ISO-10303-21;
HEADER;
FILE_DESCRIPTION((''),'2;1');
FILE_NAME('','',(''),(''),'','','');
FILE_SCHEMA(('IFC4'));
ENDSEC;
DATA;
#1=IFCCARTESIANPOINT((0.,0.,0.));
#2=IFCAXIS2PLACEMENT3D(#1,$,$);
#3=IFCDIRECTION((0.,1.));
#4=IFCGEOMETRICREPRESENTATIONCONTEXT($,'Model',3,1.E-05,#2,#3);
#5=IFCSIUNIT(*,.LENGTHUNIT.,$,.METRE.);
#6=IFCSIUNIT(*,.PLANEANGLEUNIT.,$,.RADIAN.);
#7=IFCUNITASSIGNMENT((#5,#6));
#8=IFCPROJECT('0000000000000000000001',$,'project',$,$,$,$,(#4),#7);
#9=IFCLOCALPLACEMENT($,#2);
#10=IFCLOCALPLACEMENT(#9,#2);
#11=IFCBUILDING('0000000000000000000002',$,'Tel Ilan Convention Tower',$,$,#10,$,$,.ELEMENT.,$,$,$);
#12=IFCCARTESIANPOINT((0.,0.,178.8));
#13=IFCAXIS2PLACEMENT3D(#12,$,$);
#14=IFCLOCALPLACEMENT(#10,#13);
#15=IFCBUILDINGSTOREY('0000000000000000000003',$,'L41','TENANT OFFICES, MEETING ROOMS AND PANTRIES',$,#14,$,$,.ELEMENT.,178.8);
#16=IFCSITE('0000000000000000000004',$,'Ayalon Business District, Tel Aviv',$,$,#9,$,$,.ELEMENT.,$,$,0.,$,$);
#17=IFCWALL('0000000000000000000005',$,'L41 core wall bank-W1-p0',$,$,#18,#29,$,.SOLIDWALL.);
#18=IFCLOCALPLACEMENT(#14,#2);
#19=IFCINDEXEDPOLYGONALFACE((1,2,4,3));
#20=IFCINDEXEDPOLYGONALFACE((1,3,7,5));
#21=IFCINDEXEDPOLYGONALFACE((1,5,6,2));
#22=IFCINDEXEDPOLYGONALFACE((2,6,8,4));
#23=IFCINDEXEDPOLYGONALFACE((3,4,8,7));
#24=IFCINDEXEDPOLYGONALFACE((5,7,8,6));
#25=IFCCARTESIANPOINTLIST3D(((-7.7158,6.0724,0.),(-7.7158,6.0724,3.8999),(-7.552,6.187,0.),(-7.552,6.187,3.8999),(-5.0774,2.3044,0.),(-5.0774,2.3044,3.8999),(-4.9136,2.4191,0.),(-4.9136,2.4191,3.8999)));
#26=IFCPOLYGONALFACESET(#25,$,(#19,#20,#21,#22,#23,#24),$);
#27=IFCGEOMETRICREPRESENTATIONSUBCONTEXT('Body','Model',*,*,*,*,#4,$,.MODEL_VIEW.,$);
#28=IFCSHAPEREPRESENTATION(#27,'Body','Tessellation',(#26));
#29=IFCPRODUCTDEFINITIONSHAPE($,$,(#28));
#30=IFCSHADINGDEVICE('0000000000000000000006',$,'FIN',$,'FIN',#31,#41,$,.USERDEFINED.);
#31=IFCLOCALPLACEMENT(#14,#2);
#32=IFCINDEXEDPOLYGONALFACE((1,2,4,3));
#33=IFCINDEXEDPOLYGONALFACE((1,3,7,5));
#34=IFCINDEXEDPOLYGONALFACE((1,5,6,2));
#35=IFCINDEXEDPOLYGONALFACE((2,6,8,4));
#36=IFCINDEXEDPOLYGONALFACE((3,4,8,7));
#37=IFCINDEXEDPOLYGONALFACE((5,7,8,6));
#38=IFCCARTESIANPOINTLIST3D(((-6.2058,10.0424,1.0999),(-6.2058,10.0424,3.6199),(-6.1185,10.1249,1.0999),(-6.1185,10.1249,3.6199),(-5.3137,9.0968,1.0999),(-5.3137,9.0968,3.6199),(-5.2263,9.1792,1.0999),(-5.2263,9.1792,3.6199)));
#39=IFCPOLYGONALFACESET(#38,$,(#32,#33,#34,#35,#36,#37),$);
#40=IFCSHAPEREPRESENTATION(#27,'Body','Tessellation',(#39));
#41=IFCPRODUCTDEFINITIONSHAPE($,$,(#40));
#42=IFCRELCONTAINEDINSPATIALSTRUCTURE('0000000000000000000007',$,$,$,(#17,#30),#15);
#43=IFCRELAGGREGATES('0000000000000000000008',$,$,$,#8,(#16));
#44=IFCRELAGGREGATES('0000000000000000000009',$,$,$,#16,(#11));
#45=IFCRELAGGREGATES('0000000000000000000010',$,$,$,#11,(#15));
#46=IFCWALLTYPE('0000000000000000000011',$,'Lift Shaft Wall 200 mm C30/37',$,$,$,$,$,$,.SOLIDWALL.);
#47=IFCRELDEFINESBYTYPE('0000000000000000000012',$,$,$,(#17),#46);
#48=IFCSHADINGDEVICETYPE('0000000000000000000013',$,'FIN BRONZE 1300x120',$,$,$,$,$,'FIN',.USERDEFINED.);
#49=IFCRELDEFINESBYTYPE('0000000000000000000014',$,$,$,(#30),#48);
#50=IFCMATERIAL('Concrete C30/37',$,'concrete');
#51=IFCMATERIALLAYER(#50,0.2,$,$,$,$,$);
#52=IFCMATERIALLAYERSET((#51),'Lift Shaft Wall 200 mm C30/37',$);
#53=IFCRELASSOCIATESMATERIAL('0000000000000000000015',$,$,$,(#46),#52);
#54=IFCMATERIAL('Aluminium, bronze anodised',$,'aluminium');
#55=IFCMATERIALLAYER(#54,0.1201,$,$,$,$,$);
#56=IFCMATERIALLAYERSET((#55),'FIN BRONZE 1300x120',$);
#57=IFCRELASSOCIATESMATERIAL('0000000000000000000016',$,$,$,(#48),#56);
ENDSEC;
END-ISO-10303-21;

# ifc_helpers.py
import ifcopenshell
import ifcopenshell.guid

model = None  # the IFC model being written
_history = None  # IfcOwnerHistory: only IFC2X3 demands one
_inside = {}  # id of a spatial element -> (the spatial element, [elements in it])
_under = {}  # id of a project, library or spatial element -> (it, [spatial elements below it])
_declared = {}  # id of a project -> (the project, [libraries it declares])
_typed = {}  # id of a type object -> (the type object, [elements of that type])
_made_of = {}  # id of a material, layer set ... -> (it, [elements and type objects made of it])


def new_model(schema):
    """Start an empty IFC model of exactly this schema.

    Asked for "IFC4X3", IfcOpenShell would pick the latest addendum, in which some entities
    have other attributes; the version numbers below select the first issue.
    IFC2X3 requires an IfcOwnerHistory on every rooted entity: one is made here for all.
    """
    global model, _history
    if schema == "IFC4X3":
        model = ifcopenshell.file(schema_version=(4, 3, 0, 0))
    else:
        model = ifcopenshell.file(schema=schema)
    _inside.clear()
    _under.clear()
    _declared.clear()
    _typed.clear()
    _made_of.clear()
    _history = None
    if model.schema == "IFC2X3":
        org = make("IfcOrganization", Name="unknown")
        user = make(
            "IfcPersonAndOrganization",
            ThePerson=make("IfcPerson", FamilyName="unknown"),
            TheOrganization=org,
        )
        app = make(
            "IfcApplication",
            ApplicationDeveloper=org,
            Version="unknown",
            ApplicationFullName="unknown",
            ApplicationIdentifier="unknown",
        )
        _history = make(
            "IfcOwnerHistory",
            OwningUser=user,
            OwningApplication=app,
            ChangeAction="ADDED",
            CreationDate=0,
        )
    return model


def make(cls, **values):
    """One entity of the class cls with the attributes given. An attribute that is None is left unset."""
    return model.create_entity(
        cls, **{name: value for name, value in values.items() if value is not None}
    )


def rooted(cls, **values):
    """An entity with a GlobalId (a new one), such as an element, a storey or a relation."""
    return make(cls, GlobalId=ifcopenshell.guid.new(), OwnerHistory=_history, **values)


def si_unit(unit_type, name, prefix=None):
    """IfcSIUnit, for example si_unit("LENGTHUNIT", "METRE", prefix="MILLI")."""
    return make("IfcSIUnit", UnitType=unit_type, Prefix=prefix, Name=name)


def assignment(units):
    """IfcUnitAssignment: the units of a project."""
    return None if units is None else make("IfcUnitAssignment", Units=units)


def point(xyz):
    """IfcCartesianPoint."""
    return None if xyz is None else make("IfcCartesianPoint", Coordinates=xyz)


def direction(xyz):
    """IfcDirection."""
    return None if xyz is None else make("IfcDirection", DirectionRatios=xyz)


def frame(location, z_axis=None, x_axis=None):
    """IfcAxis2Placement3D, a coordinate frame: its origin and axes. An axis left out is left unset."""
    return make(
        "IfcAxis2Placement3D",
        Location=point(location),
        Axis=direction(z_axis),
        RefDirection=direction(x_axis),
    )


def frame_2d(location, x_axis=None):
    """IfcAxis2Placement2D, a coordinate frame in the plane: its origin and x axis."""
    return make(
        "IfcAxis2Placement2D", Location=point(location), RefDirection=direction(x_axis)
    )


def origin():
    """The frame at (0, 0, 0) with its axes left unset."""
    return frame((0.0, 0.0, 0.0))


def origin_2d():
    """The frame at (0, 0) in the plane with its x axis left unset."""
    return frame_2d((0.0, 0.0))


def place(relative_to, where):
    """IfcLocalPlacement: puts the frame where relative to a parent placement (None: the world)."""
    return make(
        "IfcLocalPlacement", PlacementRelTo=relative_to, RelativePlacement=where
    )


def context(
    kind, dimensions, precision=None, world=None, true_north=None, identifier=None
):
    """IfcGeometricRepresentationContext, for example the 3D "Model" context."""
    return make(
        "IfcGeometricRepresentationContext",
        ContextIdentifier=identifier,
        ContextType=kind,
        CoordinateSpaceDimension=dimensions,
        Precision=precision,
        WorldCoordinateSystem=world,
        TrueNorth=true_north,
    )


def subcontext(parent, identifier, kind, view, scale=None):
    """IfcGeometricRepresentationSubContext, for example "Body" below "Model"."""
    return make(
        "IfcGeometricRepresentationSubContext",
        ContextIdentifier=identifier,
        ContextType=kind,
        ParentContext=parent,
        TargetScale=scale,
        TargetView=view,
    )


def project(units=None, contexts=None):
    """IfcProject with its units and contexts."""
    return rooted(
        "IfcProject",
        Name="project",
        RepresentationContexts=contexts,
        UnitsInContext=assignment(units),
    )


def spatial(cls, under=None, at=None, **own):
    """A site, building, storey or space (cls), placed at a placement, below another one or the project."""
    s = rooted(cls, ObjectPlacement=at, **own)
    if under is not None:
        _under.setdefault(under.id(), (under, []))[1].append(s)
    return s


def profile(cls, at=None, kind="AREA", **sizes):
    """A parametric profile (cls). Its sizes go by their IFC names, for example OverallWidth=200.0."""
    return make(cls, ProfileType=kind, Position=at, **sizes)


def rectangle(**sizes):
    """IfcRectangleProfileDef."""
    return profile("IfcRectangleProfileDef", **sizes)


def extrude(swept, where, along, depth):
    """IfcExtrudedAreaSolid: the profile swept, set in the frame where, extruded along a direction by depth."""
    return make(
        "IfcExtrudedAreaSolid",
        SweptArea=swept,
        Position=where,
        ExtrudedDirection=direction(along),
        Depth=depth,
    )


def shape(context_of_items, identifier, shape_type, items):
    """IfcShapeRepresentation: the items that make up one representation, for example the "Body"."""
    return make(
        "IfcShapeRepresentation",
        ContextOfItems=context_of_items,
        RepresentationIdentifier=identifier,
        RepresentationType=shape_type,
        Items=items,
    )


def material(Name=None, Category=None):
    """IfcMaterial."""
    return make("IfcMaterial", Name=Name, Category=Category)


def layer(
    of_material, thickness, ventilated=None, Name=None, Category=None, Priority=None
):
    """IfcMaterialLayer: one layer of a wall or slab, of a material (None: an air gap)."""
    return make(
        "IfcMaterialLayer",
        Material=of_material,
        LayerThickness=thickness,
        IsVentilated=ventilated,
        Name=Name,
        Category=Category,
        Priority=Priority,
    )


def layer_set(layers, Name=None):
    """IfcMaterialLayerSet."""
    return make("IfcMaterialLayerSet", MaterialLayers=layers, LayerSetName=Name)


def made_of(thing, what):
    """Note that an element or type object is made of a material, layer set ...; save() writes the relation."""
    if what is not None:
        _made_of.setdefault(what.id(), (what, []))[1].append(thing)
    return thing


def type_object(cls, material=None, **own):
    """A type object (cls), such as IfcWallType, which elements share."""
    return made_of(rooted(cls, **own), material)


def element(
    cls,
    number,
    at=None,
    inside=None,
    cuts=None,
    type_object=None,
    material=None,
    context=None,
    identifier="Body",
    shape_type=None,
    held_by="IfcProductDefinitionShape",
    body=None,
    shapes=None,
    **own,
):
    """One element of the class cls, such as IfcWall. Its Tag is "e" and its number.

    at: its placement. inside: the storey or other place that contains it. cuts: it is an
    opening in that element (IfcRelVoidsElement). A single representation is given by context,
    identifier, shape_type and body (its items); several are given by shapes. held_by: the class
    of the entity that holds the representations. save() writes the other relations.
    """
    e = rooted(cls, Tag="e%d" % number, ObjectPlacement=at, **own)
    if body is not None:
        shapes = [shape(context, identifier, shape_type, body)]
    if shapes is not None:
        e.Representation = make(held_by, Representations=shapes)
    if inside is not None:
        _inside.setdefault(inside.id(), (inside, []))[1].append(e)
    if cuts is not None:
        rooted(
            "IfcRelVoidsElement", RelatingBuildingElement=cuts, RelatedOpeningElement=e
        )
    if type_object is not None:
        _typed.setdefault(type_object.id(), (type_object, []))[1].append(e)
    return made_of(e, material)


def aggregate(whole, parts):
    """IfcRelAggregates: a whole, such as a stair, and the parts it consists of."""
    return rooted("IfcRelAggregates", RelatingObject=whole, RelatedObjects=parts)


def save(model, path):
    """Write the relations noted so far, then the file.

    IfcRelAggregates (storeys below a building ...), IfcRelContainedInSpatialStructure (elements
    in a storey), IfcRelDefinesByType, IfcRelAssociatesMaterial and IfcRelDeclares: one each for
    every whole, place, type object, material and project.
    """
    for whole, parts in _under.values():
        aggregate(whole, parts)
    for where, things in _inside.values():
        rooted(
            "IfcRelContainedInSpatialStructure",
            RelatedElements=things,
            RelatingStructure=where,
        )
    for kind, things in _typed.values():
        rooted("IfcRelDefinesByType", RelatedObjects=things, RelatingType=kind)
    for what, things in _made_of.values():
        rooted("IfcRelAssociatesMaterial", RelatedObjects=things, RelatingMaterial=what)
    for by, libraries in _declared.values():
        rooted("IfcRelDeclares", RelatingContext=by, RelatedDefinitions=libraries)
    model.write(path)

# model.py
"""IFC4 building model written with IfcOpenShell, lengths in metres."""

from ifc_helpers import new_model, si_unit, direction, frame, frame_2d, origin, origin_2d, place, context, subcontext, project, spatial, rectangle, extrude, material, layer, layer_set, type_object, element, save


model = new_model("IFC4")

# Units and contexts
model_context = context("Model", 3, precision=1e-05, world=origin(), true_north=direction((0.0, 1.0)))
body_context = subcontext(model_context, "Body", "Model", "MODEL_VIEW")
ifc_project = project(units=[si_unit("LENGTHUNIT", "METRE"), si_unit("PLANEANGLEUNIT", "RADIAN")], contexts=[model_context])

# Site, building, storey
site_placement = place(None, origin())
site = spatial("IfcSite", under=ifc_project, at=site_placement, Name="Ayalon Business District, Tel Aviv", CompositionType="ELEMENT", RefElevation=0.0)
building_placement = place(site_placement, origin())
building = spatial("IfcBuilding", under=site, at=building_placement, Name="Tel Ilan Convention Tower", CompositionType="ELEMENT")
storey_placement = place(building_placement, frame((0.0, 0.0, 178.8)))
storey = spatial("IfcBuildingStorey", under=building, at=storey_placement, Name="L41", Description="TENANT OFFICES, MEETING ROOMS AND PANTRIES", CompositionType="ELEMENT", Elevation=178.8)

# Wall
ifc_material_1 = material(Name="Concrete C30/37", Category="concrete")
ifc_layer_1 = layer(ifc_material_1, 0.2)
ifc_layer_set_1 = layer_set([ifc_layer_1], Name="Lift Shaft Wall 200 mm C30/37")
wall_type_1 = type_object("IfcWallType", Name="Lift Shaft Wall 200 mm C30/37", PredefinedType="SOLIDWALL", material=ifc_layer_set_1)
wall_1_placement = place(storey_placement, frame((-4.9956, 2.3618, 0.0), z_axis=(0.0, 0.0, 1.0), x_axis=(-0.573576, 0.819152, 0.0)))
element("IfcWall", 1, at=wall_1_placement, inside=storey, type_object=wall_type_1, Name="L41 core wall bank-W1-p0", PredefinedType="SOLIDWALL", context=body_context, shape_type="SweptSolid", body=[
    extrude(rectangle(XDim=4.5999, YDim=0.2, at=frame_2d((2.2998, 0.0))), origin(), (0.0, 0.0, 1.0), 3.8999),
])

# Shading device
ifc_material_2 = material(Name="Aluminium, bronze anodised", Category="aluminium")
ifc_layer_2 = layer(ifc_material_2, 0.1201)
ifc_layer_set_2 = layer_set([ifc_layer_2], Name="FIN BRONZE 1300x120")
shading_device_type = type_object("IfcShadingDeviceType", Name="FIN BRONZE 1300x120", ElementType="FIN", PredefinedType="USERDEFINED", material=ifc_layer_set_2)
shading_device_placement = place(storey_placement, frame((-5.7161, 9.6108, 1.0999), z_axis=(0.0, 0.0, 1.0), x_axis=(-0.686242, 0.727374, 0.0)))
element("IfcShadingDevice", 2, at=shading_device_placement, inside=storey, type_object=shading_device_type, Name="FIN", ObjectType="FIN", PredefinedType="USERDEFINED", context=body_context, shape_type="SweptSolid", body=[
    extrude(rectangle(XDim=1.3, YDim=0.1201, at=origin_2d()), origin(), (0.0, 0.0, 1.0), 2.52),
])

save(model, "model.ifc")
